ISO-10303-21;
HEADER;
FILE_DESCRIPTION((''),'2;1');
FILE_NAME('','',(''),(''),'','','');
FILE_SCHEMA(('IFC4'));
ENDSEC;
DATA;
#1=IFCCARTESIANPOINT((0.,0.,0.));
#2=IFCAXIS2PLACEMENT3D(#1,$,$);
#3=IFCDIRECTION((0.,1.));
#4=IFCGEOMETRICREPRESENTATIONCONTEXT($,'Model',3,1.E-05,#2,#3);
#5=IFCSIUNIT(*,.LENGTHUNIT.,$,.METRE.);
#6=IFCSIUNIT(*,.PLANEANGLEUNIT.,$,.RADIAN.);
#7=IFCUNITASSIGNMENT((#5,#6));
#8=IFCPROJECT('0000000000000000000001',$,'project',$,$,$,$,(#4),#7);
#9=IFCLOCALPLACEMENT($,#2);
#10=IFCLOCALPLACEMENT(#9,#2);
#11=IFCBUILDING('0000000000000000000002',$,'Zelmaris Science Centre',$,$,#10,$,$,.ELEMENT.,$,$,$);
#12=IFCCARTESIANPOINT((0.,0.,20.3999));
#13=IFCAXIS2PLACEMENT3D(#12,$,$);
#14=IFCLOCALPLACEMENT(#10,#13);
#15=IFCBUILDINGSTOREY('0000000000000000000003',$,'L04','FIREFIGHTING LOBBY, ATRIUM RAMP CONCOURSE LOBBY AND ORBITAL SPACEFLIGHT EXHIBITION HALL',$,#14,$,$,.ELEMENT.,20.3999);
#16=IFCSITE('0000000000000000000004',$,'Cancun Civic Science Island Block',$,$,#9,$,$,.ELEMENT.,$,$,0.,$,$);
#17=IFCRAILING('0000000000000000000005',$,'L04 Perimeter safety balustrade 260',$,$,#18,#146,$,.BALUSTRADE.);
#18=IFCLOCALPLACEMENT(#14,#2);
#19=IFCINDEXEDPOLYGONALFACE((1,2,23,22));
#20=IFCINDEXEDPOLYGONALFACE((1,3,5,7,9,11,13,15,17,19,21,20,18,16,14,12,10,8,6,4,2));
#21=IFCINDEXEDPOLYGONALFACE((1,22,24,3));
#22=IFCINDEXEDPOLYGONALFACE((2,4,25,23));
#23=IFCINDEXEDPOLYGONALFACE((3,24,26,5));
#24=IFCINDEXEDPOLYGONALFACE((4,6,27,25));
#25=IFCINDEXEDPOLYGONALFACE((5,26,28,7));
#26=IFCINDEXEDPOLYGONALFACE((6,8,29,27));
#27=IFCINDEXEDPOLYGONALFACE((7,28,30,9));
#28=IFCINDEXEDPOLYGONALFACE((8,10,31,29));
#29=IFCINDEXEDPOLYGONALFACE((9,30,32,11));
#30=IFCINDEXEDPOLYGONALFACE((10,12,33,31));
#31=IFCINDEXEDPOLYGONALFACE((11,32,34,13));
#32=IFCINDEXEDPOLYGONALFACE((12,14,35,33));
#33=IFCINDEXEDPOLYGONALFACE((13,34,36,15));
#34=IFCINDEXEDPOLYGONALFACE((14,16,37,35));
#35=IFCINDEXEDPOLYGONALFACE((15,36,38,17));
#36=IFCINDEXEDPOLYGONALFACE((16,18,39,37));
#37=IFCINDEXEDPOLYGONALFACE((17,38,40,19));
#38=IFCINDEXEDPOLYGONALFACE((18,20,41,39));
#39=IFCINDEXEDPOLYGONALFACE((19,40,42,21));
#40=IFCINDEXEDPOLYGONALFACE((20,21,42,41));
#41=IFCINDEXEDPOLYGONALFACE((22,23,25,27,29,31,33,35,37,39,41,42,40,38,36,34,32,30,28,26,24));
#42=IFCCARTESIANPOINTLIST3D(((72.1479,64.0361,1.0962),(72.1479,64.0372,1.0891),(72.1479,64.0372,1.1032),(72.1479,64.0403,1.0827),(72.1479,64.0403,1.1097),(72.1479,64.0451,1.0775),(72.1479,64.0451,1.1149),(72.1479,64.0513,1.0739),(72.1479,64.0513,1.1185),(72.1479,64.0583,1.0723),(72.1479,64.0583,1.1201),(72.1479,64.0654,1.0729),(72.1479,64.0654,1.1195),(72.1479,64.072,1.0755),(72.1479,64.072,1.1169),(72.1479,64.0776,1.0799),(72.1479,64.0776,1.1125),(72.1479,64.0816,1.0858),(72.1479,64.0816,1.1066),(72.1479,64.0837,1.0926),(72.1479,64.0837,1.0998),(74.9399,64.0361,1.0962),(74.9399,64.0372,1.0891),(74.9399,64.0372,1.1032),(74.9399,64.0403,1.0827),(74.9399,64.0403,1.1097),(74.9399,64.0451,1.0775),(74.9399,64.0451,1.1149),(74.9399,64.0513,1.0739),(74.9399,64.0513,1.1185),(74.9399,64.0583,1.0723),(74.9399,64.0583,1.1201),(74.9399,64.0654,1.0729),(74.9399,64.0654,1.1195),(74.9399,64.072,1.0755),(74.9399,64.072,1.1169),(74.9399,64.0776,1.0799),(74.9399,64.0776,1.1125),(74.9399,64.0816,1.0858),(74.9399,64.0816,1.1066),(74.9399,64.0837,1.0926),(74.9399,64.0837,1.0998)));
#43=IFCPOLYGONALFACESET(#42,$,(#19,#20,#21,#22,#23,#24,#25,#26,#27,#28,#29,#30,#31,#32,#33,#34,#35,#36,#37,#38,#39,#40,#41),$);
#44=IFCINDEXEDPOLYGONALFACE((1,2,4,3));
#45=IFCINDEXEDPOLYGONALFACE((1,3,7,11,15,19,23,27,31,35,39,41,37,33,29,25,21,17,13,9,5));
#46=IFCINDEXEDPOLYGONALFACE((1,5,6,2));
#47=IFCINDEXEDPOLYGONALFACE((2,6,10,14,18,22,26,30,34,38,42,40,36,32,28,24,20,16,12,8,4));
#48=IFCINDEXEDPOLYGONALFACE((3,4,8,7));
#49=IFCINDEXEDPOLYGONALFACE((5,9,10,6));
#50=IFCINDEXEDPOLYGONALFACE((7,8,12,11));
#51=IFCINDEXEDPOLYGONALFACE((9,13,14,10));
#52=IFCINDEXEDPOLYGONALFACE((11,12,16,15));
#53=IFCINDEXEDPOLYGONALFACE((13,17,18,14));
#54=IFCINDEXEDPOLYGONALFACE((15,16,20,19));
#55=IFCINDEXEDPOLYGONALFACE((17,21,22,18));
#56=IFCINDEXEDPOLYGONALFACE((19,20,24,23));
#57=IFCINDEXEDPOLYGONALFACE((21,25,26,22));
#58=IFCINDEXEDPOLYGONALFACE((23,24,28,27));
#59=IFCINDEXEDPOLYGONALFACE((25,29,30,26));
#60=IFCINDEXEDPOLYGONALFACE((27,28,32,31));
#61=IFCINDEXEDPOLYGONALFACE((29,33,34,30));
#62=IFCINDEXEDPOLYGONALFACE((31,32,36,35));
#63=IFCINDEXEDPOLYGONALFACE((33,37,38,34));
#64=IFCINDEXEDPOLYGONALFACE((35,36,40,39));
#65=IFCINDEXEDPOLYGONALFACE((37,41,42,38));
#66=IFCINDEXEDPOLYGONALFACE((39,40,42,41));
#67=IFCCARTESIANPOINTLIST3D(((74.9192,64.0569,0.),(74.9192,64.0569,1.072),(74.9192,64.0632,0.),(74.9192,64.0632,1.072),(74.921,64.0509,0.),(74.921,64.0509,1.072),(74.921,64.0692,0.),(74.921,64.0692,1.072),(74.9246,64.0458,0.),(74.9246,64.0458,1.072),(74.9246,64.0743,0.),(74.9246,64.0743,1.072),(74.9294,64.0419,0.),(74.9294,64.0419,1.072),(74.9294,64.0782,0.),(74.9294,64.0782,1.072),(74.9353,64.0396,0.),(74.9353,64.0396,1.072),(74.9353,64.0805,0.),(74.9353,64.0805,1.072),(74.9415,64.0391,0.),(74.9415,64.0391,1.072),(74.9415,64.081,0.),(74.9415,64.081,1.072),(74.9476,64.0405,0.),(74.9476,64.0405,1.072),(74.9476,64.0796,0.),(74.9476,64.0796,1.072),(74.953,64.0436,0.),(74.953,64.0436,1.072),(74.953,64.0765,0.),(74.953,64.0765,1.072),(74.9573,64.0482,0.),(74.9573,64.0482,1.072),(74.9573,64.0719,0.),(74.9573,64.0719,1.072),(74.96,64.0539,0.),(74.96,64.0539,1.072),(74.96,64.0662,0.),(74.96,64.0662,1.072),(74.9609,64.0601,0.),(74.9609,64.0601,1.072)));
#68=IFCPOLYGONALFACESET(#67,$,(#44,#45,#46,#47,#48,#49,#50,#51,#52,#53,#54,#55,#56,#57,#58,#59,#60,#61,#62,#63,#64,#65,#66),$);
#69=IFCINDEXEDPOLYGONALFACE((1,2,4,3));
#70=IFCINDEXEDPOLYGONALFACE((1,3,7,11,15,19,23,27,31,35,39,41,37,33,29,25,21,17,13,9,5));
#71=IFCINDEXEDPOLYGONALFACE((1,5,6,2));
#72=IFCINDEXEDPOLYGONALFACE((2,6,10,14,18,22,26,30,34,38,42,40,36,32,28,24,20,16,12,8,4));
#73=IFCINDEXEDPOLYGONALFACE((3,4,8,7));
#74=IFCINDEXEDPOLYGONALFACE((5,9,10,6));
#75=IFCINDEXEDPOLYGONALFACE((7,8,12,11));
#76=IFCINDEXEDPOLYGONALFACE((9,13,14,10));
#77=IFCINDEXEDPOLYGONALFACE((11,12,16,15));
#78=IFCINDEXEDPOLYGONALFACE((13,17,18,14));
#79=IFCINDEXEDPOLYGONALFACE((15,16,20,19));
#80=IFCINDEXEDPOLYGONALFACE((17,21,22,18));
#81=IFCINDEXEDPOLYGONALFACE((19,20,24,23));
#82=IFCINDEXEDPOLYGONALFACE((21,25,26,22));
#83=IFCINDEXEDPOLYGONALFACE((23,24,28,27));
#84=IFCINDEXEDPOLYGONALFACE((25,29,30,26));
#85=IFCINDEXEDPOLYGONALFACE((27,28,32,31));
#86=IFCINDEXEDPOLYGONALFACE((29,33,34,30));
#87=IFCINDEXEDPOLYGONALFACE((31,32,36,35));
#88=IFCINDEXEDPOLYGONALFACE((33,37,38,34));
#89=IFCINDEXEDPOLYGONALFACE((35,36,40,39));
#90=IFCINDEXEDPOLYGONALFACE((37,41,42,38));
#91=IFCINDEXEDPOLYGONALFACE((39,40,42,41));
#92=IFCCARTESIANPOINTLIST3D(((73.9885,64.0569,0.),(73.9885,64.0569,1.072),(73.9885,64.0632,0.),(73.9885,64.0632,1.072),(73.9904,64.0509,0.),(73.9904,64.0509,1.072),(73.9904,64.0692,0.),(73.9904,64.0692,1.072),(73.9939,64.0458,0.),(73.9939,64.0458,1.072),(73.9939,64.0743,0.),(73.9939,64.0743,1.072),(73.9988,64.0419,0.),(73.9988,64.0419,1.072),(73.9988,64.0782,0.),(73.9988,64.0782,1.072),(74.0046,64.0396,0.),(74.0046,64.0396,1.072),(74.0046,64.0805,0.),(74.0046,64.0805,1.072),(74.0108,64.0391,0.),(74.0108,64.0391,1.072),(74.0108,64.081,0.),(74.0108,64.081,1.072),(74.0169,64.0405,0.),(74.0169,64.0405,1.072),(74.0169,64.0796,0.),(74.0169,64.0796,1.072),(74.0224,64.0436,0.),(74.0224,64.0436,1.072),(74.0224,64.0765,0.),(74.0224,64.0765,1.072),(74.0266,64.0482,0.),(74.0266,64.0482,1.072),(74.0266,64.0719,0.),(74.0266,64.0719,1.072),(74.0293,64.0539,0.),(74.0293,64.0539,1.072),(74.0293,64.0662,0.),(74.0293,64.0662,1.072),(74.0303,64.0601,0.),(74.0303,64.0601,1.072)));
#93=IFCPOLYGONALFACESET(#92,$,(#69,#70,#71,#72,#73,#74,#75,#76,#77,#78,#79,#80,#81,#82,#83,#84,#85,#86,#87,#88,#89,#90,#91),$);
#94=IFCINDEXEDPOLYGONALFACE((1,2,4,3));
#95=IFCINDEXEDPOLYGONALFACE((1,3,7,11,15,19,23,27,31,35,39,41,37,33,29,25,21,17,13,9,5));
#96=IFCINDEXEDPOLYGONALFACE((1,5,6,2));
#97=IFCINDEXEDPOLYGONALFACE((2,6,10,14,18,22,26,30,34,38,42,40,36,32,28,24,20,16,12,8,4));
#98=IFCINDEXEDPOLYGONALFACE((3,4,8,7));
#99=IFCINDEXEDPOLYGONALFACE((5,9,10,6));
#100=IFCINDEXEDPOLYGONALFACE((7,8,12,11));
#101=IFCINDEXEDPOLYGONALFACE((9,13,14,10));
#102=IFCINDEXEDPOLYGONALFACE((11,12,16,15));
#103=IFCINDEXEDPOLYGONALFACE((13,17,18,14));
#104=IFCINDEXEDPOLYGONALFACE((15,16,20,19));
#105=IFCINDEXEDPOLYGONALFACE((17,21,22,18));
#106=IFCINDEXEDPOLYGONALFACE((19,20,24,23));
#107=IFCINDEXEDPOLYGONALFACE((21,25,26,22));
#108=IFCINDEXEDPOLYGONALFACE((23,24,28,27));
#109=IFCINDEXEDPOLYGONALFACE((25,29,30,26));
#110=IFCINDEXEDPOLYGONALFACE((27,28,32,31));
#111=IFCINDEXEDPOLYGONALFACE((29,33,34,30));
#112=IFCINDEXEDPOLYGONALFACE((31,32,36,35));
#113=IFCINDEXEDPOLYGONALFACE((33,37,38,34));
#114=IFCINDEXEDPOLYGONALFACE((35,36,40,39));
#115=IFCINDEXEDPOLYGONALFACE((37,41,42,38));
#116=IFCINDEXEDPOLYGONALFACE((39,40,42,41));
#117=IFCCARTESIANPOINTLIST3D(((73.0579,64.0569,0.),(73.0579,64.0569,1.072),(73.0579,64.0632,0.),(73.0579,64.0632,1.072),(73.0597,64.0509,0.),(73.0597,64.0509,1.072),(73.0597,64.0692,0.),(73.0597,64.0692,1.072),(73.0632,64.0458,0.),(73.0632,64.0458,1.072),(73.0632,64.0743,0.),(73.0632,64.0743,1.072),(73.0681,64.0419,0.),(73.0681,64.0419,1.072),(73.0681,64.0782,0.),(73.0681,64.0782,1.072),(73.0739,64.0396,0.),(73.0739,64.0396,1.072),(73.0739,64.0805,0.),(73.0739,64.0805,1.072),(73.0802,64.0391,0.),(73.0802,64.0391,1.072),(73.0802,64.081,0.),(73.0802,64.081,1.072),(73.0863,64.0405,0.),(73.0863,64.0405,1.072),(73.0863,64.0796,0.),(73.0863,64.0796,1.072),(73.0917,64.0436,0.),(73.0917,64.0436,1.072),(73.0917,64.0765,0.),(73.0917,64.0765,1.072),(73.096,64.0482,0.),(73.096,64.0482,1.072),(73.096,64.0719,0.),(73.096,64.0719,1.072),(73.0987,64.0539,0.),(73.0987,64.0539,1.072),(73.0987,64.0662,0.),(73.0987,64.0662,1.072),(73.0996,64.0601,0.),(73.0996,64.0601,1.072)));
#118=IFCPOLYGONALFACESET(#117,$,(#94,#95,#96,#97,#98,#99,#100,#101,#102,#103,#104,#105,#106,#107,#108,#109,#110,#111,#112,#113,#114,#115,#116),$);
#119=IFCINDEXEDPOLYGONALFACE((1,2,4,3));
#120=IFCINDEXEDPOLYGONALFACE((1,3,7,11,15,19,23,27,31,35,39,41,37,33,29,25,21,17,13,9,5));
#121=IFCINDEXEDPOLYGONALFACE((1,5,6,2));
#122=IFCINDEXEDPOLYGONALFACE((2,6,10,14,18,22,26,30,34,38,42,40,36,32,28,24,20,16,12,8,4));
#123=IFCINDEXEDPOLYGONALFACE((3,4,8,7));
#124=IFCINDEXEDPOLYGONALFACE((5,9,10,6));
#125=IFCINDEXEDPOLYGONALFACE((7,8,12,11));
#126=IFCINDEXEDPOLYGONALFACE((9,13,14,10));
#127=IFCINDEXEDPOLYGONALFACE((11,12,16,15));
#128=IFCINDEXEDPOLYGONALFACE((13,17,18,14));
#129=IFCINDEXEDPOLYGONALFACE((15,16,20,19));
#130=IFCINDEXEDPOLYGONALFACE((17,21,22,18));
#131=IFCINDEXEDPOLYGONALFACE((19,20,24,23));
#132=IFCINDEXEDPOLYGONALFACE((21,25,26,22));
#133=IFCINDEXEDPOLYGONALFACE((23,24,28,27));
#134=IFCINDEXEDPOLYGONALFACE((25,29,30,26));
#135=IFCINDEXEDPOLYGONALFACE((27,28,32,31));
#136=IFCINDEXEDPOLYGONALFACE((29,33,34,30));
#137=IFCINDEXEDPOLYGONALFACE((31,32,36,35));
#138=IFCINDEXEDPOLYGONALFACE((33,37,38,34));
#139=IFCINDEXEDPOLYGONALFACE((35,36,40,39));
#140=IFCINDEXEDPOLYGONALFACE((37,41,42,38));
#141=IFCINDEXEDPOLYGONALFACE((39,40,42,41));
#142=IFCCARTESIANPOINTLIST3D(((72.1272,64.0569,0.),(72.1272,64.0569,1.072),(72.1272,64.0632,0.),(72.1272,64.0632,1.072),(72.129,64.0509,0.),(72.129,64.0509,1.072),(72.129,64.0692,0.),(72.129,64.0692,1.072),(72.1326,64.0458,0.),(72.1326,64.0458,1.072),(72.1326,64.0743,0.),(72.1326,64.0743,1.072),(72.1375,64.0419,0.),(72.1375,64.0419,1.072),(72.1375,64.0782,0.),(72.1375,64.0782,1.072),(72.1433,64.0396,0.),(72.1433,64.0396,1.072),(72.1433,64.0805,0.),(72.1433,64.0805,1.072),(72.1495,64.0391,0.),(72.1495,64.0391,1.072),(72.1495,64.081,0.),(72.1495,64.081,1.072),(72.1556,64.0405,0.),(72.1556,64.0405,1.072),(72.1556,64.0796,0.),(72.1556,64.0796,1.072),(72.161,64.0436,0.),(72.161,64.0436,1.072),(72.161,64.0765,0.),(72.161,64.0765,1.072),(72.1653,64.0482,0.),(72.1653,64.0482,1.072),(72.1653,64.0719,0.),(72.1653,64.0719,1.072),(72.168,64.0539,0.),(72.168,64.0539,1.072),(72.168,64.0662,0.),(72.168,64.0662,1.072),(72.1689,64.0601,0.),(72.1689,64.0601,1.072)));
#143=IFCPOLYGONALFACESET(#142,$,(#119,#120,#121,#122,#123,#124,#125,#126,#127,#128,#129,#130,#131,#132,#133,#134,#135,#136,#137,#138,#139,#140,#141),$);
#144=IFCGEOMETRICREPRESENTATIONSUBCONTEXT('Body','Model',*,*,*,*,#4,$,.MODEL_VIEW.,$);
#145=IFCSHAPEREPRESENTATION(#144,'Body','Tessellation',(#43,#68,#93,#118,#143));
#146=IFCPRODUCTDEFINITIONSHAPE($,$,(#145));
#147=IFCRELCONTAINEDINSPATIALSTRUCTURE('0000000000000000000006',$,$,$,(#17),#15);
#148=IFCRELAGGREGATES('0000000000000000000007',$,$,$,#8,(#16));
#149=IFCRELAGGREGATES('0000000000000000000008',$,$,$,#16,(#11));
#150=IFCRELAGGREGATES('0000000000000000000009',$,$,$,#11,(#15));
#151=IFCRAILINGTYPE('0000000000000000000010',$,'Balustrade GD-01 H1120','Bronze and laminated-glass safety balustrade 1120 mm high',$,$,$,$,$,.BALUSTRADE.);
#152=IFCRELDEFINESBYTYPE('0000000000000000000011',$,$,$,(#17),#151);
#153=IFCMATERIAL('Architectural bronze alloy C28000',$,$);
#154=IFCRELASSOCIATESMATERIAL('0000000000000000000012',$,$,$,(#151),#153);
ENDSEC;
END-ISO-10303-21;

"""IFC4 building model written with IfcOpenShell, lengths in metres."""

from ifc_helpers import new_model, si_unit, direction, frame, origin, origin_2d, place, context, subcontext, project, spatial, circle, extrude, material, type_object, element, save


model = new_model("IFC4")

# Units and contexts
model_context = context("Model", 3, precision=1e-05, world=origin(), true_north=direction((0.0, 1.0)))
body_context = subcontext(model_context, "Body", "Model", "MODEL_VIEW")
ifc_project = project(units=[si_unit("LENGTHUNIT", "METRE"), si_unit("PLANEANGLEUNIT", "RADIAN")], contexts=[model_context])

# Site, building, storey
site_placement = place(None, origin())
site = spatial("IfcSite", under=ifc_project, at=site_placement, Name="Cancun Civic Science Island Block", CompositionType="ELEMENT", RefElevation=0.0)
building_placement = place(site_placement, origin())
building = spatial("IfcBuilding", under=site, at=building_placement, Name="Zelmaris Science Centre", CompositionType="ELEMENT")
storey_placement = place(building_placement, frame((0.0, 0.0, 20.3999)))
storey = spatial("IfcBuildingStorey", under=building, at=storey_placement, Name="L04", Description="FIREFIGHTING LOBBY, ATRIUM RAMP CONCOURSE LOBBY AND ORBITAL SPACEFLIGHT EXHIBITION HALL", CompositionType="ELEMENT", Elevation=20.3999)

# Railing
ifc_material_1 = material(Name="Architectural bronze alloy C28000")
railing_type = type_object("IfcRailingType", Name="Balustrade GD-01 H1120", Description="Bronze and laminated-glass safety balustrade 1120 mm high", PredefinedType="BALUSTRADE", material=ifc_material_1)
railing_1_placement = place(storey_placement, frame((74.9399, 64.0601, 0.0)))
element("IfcRailing", 1, at=railing_1_placement, inside=storey, type_object=railing_type, Name="L04 Perimeter safety balustrade 260", PredefinedType="BALUSTRADE", context=body_context, shape_type="SweptSolid", body=[
    extrude(circle(Radius=0.0239, at=origin_2d()), frame((0.0, 0.0, 1.0962), z_axis=(-1.0, 0.0, 0.0), x_axis=(0.0, -1.0, 0.0)), (0.0, 0.0, 1.0), 2.792),
    extrude(circle(Radius=0.021, at=origin_2d()), origin(), (0.0, 0.0, 1.0), 1.072),
    extrude(circle(Radius=0.021, at=origin_2d()), frame((-0.9307, 0.0, 0.0)), (0.0, 0.0, 1.0), 1.072),
    extrude(circle(Radius=0.021, at=origin_2d()), frame((-1.8613, 0.0, 0.0)), (0.0, 0.0, 1.0), 1.072),
    extrude(circle(Radius=0.021, at=origin_2d()), frame((-2.792, 0.0, 0.0)), (0.0, 0.0, 1.0), 1.072),
])

save(model, "model.ifc")
